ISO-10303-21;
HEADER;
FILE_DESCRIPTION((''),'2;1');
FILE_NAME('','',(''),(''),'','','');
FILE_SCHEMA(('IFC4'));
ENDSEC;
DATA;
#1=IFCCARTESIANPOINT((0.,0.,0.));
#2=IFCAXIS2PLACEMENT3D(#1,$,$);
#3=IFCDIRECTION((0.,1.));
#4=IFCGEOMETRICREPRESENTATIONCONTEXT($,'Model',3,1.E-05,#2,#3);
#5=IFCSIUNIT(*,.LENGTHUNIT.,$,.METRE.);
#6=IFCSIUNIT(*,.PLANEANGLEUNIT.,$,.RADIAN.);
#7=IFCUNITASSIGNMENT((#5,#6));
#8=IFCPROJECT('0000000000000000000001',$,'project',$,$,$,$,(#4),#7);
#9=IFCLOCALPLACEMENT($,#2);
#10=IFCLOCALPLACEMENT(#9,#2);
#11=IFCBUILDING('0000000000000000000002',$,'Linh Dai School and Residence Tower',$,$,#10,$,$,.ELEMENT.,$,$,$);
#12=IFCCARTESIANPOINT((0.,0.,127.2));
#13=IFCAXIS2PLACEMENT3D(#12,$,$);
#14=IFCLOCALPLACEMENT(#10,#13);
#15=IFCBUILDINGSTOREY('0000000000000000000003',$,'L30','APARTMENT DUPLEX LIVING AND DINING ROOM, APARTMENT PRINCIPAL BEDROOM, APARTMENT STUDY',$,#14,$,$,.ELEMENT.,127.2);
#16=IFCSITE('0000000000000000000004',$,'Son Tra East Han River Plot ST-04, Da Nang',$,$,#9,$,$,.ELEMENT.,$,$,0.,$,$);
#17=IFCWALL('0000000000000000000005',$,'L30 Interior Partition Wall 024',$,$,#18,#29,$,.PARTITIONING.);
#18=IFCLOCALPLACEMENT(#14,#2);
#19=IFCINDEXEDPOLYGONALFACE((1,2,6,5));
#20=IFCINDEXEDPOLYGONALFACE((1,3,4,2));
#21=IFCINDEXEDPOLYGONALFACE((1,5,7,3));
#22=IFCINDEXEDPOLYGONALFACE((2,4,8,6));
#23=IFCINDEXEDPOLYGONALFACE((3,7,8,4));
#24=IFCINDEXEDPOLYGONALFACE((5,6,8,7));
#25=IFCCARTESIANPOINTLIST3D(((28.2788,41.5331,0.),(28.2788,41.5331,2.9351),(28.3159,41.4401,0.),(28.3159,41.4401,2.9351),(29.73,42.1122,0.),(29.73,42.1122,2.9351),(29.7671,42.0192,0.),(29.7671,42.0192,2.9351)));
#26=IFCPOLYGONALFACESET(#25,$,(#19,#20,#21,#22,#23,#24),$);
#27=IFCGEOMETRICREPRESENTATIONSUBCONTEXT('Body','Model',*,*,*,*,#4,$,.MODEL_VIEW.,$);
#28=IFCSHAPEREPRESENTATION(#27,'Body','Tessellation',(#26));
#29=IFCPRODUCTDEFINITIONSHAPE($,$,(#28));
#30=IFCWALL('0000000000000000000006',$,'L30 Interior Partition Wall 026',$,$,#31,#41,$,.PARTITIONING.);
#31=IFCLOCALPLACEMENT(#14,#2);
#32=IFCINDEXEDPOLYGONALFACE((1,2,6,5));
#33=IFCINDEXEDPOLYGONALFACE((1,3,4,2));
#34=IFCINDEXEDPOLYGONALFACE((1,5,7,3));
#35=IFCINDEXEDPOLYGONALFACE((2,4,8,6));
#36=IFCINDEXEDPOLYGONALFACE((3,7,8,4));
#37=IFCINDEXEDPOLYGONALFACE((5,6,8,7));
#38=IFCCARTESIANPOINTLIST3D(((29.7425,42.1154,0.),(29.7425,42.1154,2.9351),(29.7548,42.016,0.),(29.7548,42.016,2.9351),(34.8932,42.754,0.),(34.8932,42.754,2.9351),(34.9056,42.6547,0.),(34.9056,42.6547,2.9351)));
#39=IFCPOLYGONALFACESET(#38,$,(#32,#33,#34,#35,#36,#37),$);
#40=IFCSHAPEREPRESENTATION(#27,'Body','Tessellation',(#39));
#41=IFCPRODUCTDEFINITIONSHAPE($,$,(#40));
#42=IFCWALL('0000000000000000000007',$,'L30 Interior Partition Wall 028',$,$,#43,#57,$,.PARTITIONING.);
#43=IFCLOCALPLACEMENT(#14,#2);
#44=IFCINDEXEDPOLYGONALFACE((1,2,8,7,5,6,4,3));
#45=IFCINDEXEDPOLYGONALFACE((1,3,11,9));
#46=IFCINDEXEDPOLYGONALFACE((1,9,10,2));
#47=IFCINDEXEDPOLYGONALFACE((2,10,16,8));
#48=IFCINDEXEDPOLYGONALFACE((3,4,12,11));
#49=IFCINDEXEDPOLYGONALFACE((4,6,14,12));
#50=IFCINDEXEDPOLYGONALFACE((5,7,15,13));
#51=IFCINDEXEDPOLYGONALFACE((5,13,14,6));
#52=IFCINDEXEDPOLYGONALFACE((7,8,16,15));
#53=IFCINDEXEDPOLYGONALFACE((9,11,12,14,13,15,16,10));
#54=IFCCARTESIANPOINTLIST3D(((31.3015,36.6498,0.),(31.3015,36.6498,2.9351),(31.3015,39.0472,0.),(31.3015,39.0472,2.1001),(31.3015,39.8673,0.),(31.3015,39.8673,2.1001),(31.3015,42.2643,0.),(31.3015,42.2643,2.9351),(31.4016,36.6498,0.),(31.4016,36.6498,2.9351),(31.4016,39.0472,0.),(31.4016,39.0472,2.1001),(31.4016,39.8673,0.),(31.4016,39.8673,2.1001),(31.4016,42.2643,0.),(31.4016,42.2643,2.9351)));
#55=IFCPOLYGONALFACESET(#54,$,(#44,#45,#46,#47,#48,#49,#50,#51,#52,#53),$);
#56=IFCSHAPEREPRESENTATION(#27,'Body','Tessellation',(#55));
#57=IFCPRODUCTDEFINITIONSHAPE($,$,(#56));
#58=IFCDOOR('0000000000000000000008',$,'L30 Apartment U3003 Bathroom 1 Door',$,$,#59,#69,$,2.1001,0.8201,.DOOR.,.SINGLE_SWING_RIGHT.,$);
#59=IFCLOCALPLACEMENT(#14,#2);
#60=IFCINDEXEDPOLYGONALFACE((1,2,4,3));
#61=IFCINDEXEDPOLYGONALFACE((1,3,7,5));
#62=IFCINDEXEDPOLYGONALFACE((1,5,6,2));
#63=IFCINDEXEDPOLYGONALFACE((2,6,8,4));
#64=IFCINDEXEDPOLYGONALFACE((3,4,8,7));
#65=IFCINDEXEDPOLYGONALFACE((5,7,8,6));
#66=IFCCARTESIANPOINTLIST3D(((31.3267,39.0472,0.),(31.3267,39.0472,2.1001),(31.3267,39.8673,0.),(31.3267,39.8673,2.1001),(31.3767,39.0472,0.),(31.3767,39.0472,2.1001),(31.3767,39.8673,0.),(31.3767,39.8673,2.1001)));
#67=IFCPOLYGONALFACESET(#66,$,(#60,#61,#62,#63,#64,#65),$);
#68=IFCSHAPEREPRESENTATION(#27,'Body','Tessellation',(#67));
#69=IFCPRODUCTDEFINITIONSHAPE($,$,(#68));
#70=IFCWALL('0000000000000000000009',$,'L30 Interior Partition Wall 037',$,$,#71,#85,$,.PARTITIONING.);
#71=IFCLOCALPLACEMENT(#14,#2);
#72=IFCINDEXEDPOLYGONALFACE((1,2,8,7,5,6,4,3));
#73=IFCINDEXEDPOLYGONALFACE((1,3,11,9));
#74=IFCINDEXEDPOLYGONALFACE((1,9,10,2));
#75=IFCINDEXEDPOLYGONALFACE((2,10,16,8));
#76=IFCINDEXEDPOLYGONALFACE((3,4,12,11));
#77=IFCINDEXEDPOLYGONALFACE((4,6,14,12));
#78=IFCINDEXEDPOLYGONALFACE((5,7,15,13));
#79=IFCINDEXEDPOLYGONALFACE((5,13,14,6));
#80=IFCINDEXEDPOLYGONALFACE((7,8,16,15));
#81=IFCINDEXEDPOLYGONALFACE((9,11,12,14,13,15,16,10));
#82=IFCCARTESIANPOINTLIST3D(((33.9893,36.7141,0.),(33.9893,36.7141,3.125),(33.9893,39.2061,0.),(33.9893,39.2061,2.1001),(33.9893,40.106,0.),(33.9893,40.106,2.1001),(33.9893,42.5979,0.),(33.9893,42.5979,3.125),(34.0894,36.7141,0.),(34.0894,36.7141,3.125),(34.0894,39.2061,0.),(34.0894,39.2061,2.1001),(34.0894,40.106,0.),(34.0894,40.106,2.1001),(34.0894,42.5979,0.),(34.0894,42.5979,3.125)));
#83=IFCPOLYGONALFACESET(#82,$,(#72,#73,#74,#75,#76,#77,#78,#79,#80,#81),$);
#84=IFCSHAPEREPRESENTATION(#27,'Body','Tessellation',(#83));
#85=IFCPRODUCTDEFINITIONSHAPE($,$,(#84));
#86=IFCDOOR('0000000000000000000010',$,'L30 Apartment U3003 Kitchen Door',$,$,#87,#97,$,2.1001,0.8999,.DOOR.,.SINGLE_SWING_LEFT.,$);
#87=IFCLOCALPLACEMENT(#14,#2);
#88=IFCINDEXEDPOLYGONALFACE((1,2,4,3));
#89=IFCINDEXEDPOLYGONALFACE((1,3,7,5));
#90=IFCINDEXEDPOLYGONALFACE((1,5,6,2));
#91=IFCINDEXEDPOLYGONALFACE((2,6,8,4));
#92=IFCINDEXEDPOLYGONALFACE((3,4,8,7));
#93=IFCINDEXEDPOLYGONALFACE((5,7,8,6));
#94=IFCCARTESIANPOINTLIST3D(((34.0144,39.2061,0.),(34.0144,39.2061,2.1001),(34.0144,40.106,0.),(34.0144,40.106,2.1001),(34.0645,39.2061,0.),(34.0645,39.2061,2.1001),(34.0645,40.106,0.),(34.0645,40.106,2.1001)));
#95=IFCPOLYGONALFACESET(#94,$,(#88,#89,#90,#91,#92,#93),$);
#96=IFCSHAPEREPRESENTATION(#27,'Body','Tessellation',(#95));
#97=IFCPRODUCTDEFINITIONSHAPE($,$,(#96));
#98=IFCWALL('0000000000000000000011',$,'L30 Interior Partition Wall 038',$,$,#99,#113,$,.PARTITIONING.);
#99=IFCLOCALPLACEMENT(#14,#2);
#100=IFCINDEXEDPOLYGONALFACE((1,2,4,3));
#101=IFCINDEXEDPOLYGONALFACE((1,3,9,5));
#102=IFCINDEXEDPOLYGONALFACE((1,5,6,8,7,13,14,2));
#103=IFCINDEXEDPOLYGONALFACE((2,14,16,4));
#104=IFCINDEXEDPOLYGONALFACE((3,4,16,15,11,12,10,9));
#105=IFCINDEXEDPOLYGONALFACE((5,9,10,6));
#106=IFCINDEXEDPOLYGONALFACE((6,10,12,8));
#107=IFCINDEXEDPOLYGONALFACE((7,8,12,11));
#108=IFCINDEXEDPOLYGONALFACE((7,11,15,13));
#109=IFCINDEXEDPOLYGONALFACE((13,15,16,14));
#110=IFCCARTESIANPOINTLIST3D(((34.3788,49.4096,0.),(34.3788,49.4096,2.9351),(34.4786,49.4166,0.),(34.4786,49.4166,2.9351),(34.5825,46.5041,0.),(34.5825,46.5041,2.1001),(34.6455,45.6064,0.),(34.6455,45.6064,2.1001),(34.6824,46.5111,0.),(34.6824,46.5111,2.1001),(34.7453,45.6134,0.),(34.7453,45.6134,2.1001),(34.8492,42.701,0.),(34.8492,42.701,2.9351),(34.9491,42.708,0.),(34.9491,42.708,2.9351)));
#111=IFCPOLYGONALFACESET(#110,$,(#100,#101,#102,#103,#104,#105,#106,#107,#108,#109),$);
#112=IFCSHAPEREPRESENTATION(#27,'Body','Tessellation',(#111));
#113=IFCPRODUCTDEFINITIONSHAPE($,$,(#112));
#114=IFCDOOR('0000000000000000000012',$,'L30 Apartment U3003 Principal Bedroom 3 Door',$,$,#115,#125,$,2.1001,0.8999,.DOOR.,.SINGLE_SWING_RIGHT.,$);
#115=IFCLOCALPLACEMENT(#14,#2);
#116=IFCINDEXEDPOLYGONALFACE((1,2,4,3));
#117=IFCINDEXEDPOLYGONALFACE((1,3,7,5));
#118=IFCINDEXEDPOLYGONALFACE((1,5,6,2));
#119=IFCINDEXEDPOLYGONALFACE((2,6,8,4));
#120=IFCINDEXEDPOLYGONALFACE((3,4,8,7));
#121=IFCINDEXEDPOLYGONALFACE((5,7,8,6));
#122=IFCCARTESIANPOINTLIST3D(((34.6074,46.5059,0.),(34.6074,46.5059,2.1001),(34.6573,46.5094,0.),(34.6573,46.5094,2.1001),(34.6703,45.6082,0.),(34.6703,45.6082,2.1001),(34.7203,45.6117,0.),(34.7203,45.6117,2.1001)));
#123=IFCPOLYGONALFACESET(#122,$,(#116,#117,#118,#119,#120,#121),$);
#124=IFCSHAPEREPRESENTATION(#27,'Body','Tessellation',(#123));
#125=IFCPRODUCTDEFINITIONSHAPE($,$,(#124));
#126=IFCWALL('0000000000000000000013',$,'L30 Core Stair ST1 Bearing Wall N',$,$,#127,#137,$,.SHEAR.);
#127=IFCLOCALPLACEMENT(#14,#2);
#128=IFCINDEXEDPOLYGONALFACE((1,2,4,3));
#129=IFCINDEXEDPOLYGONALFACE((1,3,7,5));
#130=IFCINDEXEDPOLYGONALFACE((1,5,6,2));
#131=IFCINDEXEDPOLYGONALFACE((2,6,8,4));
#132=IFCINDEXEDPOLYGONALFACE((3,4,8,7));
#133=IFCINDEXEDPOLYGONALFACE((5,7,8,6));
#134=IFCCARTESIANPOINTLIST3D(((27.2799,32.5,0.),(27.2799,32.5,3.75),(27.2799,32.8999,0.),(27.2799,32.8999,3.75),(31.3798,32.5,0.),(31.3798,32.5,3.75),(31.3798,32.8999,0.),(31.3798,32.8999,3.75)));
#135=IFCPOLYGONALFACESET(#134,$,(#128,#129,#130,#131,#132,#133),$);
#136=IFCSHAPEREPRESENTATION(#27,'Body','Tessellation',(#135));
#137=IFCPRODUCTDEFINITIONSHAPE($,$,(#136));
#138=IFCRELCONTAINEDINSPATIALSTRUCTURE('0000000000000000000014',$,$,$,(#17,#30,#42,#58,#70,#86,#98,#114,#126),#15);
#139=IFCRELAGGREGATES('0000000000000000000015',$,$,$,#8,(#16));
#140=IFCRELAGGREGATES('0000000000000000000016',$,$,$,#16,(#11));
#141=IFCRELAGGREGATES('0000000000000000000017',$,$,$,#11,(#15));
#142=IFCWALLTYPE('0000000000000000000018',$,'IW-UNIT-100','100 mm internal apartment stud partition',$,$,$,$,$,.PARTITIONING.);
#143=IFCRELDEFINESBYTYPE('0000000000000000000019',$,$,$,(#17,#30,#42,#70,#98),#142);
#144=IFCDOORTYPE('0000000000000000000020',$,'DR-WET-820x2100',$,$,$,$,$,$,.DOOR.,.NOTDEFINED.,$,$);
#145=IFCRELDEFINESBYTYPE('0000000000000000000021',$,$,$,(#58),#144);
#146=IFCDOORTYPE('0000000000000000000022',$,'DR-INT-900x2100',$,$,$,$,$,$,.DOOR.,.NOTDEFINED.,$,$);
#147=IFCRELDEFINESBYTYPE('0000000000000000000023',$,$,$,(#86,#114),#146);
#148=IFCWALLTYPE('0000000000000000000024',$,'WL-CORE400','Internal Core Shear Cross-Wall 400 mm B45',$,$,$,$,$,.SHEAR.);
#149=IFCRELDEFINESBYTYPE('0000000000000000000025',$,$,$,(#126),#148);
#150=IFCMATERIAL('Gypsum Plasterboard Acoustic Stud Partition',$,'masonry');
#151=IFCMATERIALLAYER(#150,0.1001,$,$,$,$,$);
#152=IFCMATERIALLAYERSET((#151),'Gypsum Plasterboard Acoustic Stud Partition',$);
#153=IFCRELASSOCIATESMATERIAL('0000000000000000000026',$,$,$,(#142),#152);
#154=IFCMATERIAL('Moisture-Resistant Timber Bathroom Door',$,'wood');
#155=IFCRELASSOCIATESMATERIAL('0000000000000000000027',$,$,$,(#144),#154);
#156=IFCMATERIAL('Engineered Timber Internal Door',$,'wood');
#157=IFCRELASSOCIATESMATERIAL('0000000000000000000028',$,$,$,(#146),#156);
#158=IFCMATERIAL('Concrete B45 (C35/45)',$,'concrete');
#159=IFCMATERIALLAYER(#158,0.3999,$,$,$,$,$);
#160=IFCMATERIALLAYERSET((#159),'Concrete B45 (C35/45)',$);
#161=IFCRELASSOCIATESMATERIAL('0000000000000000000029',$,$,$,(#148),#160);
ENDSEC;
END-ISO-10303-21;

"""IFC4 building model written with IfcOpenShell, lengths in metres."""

from ifc_helpers import new_model, si_unit, direction, frame, frame_2d, origin, origin_2d, place, context, subcontext, project, spatial, rectangle, extrude, source, transform, mapped, material, layer, layer_set, type_object, element, fill, save


model = new_model("IFC4")

# Units and contexts
model_context = context("Model", 3, precision=1e-05, world=origin(), true_north=direction((0.0, 1.0)))
body_context = subcontext(model_context, "Body", "Model", "MODEL_VIEW")
ifc_project = project(units=[si_unit("LENGTHUNIT", "METRE"), si_unit("PLANEANGLEUNIT", "RADIAN")], contexts=[model_context])

# Site, building, storey
site_placement = place(None, origin())
site = spatial("IfcSite", under=ifc_project, at=site_placement, Name="Son Tra East Han River Plot ST-04, Da Nang", CompositionType="ELEMENT", RefElevation=0.0)
building_placement = place(site_placement, origin())
building = spatial("IfcBuilding", under=site, at=building_placement, Name="Linh Dai School and Residence Tower", CompositionType="ELEMENT")
storey_placement = place(building_placement, frame((0.0, 0.0, 127.2)))
storey = spatial("IfcBuildingStorey", under=building, at=storey_placement, Name="L30", Description="APARTMENT DUPLEX LIVING AND DINING ROOM, APARTMENT PRINCIPAL BEDROOM, APARTMENT STUDY", CompositionType="ELEMENT", Elevation=127.2)

# Walls
ifc_material_1 = material(Name="Gypsum Plasterboard Acoustic Stud Partition", Category="masonry")
ifc_layer_1 = layer(ifc_material_1, 0.1001)
ifc_layer_set_1 = layer_set([ifc_layer_1], Name="Gypsum Plasterboard Acoustic Stud Partition")
wall_type_1 = type_object("IfcWallType", Name="IW-UNIT-100", Description="100 mm internal apartment stud partition", PredefinedType="PARTITIONING", material=ifc_layer_set_1)
wall_1_placement = place(storey_placement, frame((28.2974, 41.4866, 0.0), z_axis=(0.0, 0.0, 1.0), x_axis=(0.928778, 0.370636, 0.0)))
element("IfcWall", 1, at=wall_1_placement, inside=storey, type_object=wall_type_1, Name="L30 Interior Partition Wall 024", PredefinedType="PARTITIONING", context=body_context, shape_type="SweptSolid", body=[
    extrude(rectangle(XDim=1.5625, YDim=0.1001, at=frame_2d((0.7812, 0.0))), origin(), (0.0, 0.0, 1.0), 2.9351),
])
wall_2_placement = place(storey_placement, frame((29.7485, 42.0657, 0.0), z_axis=(0.0, 0.0, 1.0), x_axis=(0.9924, 0.123056, 0.0)))
element("IfcWall", 2, at=wall_2_placement, inside=storey, type_object=wall_type_1, Name="L30 Interior Partition Wall 026", PredefinedType="PARTITIONING", context=body_context, shape_type="SweptSolid", body=[
    extrude(rectangle(XDim=5.1902, YDim=0.1001, at=frame_2d((2.5952, 0.0))), origin(), (0.0, 0.0, 1.0), 2.9351),
])

# Walls, openings, doors
wall_3_placement = place(storey_placement, frame((31.3516, 36.6499, 0.0), z_axis=(0.0, 0.0, 1.0), x_axis=(0.0, 1.0, 0.0)))
wall_3 = element("IfcWall", 3, at=wall_3_placement, inside=storey, type_object=wall_type_1, Name="L30 Interior Partition Wall 028", PredefinedType="PARTITIONING", context=body_context, shape_type="SweptSolid", body=[
    extrude(rectangle(XDim=5.6145, YDim=0.1001, at=frame_2d((2.8071, 0.0))), origin(), (0.0, 0.0, 1.0), 2.9351),
])
opening_1_placement = place(wall_3_placement, frame((2.3972, 0.0, 0.0)))
opening_1 = element("IfcOpeningElement", 4, at=opening_1_placement, cuts=wall_3, PredefinedType="OPENING", context=body_context, shape_type="SweptSolid", body=[
    extrude(rectangle(XDim=0.8201, YDim=2.1001, at=origin_2d()), frame((0.4102, 0.0601, 1.05), z_axis=(0.0, -1.0, 0.0), x_axis=(1.0, 0.0, 0.0)), (0.0, 0.0, 1.0), 0.1201),
])
ifc_material_2 = material(Name="Moisture-Resistant Timber Bathroom Door", Category="wood")
door_type_1 = type_object("IfcDoorType", Name="DR-WET-820x2100", OperationType="NOTDEFINED", PredefinedType="DOOR", material=ifc_material_2)
shared_shape_1 = source(origin(), body_context, "Body", "SweptSolid", [
    extrude(rectangle(XDim=0.8201, YDim=2.1001, at=origin_2d()), frame((0.4102, 0.0249, 1.05), z_axis=(0.0, -1.0, 0.0), x_axis=(1.0, 0.0, 0.0)), (0.0, 0.0, 1.0), 0.05),
])
door_1_placement = place(opening_1_placement, origin())
door_1 = element("IfcDoor", 5, at=door_1_placement, inside=storey, type_object=door_type_1, Name="L30 Apartment U3003 Bathroom 1 Door", OperationType="SINGLE_SWING_RIGHT", OverallHeight=2.1001, OverallWidth=0.8201, PredefinedType="DOOR", context=body_context, shape_type="MappedRepresentation", body=[
    mapped(shared_shape_1, transform((0.0, 0.0, 0.0), x_axis=(1.0, 0.0, 0.0), y_axis=(0.0, 1.0, 0.0), z_axis=(0.0, 0.0, 1.0), scale=1.0)),
])
fill(opening_1, door_1)
wall_4_placement = place(storey_placement, frame((34.0393, 36.7141, 0.0), z_axis=(0.0, 0.0, 1.0), x_axis=(0.0, 1.0, 0.0)))
wall_4 = element("IfcWall", 6, at=wall_4_placement, inside=storey, type_object=wall_type_1, Name="L30 Interior Partition Wall 037", PredefinedType="PARTITIONING", context=body_context, shape_type="SweptSolid", body=[
    extrude(rectangle(XDim=5.8838, YDim=0.1001, at=frame_2d((2.9419, 0.0))), origin(), (0.0, 0.0, 1.0), 3.125),
])
opening_2_placement = place(wall_4_placement, frame((2.4919, 0.0, 0.0)))
opening_2 = element("IfcOpeningElement", 7, at=opening_2_placement, cuts=wall_4, PredefinedType="OPENING", context=body_context, shape_type="SweptSolid", body=[
    extrude(rectangle(XDim=0.8999, YDim=2.1001, at=origin_2d()), frame((0.45, 0.0601, 1.05), z_axis=(0.0, -1.0, 0.0), x_axis=(1.0, 0.0, 0.0)), (0.0, 0.0, 1.0), 0.1201),
])
ifc_material_3 = material(Name="Engineered Timber Internal Door", Category="wood")
door_type_2 = type_object("IfcDoorType", Name="DR-INT-900x2100", OperationType="NOTDEFINED", PredefinedType="DOOR", material=ifc_material_3)
shared_shape_2 = source(origin(), body_context, "Body", "SweptSolid", [
    extrude(rectangle(XDim=0.8999, YDim=2.1001, at=origin_2d()), frame((0.45, 0.0249, 1.05), z_axis=(0.0, -1.0, 0.0), x_axis=(1.0, 0.0, 0.0)), (0.0, 0.0, 1.0), 0.05),
])
door_2_placement = place(opening_2_placement, origin())
door_2 = element("IfcDoor", 8, at=door_2_placement, inside=storey, type_object=door_type_2, Name="L30 Apartment U3003 Kitchen Door", OperationType="SINGLE_SWING_LEFT", OverallHeight=2.1001, OverallWidth=0.8999, PredefinedType="DOOR", context=body_context, shape_type="MappedRepresentation", body=[
    mapped(shared_shape_2, transform((0.0, 0.0, 0.0), x_axis=(1.0, 0.0, 0.0), y_axis=(0.0, 1.0, 0.0), z_axis=(0.0, 0.0, 1.0), scale=1.0)),
])
fill(opening_2, door_2)
wall_5_placement = place(storey_placement, frame((34.4287, 49.4131, 0.0), z_axis=(0.0, 0.0, 1.0), x_axis=(0.069954, -0.99755, 0.0)))
wall_5 = element("IfcWall", 9, at=wall_5_placement, inside=storey, type_object=wall_type_1, Name="L30 Interior Partition Wall 038", PredefinedType="PARTITIONING", context=body_context, shape_type="SweptSolid", body=[
    extrude(rectangle(XDim=6.7251, YDim=0.1001, at=frame_2d((3.3625, 0.0))), origin(), (0.0, 0.0, 1.0), 2.9351),
])
opening_3_placement = place(wall_5_placement, frame((2.9126, 0.0, 0.0)))
opening_3 = element("IfcOpeningElement", 10, at=opening_3_placement, cuts=wall_5, PredefinedType="OPENING", context=body_context, shape_type="SweptSolid", body=[
    extrude(rectangle(XDim=0.8999, YDim=2.1001, at=origin_2d()), frame((0.45, 0.0601, 1.05), z_axis=(0.0, -1.0, 0.0), x_axis=(1.0, 0.0, 0.0)), (0.0, 0.0, 1.0), 0.1201),
])
door_3_placement = place(opening_3_placement, origin())
door_3 = element("IfcDoor", 11, at=door_3_placement, inside=storey, type_object=door_type_2, Name="L30 Apartment U3003 Principal Bedroom 3 Door", OperationType="SINGLE_SWING_RIGHT", OverallHeight=2.1001, OverallWidth=0.8999, PredefinedType="DOOR", context=body_context, shape_type="MappedRepresentation", body=[
    mapped(shared_shape_2, transform((0.0, 0.0, 0.0), x_axis=(1.0, 0.0, 0.0), y_axis=(0.0, 1.0, 0.0), z_axis=(0.0, 0.0, 1.0), scale=1.0)),
])
fill(opening_3, door_3)

# Wall
ifc_material_4 = material(Name="Concrete B45 (C35/45)", Category="concrete")
ifc_layer_2 = layer(ifc_material_4, 0.3999)
ifc_layer_set_2 = layer_set([ifc_layer_2], Name="Concrete B45 (C35/45)")
wall_type_2 = type_object("IfcWallType", Name="WL-CORE400", Description="Internal Core Shear Cross-Wall 400 mm B45", PredefinedType="SHEAR", material=ifc_layer_set_2)
wall_6_placement = place(storey_placement, frame((27.28, 32.7, 0.0), z_axis=(0.0, 0.0, 1.0), x_axis=(1.0, 0.0, 0.0)))
element("IfcWall", 12, at=wall_6_placement, inside=storey, type_object=wall_type_2, Name="L30 Core Stair ST1 Bearing Wall N", PredefinedType="SHEAR", context=body_context, shape_type="SweptSolid", body=[
    extrude(rectangle(XDim=4.0999, YDim=0.3999, at=frame_2d((2.0498, 0.0))), origin(), (0.0, 0.0, 1.0), 3.75),
])

save(model, "model.ifc")
